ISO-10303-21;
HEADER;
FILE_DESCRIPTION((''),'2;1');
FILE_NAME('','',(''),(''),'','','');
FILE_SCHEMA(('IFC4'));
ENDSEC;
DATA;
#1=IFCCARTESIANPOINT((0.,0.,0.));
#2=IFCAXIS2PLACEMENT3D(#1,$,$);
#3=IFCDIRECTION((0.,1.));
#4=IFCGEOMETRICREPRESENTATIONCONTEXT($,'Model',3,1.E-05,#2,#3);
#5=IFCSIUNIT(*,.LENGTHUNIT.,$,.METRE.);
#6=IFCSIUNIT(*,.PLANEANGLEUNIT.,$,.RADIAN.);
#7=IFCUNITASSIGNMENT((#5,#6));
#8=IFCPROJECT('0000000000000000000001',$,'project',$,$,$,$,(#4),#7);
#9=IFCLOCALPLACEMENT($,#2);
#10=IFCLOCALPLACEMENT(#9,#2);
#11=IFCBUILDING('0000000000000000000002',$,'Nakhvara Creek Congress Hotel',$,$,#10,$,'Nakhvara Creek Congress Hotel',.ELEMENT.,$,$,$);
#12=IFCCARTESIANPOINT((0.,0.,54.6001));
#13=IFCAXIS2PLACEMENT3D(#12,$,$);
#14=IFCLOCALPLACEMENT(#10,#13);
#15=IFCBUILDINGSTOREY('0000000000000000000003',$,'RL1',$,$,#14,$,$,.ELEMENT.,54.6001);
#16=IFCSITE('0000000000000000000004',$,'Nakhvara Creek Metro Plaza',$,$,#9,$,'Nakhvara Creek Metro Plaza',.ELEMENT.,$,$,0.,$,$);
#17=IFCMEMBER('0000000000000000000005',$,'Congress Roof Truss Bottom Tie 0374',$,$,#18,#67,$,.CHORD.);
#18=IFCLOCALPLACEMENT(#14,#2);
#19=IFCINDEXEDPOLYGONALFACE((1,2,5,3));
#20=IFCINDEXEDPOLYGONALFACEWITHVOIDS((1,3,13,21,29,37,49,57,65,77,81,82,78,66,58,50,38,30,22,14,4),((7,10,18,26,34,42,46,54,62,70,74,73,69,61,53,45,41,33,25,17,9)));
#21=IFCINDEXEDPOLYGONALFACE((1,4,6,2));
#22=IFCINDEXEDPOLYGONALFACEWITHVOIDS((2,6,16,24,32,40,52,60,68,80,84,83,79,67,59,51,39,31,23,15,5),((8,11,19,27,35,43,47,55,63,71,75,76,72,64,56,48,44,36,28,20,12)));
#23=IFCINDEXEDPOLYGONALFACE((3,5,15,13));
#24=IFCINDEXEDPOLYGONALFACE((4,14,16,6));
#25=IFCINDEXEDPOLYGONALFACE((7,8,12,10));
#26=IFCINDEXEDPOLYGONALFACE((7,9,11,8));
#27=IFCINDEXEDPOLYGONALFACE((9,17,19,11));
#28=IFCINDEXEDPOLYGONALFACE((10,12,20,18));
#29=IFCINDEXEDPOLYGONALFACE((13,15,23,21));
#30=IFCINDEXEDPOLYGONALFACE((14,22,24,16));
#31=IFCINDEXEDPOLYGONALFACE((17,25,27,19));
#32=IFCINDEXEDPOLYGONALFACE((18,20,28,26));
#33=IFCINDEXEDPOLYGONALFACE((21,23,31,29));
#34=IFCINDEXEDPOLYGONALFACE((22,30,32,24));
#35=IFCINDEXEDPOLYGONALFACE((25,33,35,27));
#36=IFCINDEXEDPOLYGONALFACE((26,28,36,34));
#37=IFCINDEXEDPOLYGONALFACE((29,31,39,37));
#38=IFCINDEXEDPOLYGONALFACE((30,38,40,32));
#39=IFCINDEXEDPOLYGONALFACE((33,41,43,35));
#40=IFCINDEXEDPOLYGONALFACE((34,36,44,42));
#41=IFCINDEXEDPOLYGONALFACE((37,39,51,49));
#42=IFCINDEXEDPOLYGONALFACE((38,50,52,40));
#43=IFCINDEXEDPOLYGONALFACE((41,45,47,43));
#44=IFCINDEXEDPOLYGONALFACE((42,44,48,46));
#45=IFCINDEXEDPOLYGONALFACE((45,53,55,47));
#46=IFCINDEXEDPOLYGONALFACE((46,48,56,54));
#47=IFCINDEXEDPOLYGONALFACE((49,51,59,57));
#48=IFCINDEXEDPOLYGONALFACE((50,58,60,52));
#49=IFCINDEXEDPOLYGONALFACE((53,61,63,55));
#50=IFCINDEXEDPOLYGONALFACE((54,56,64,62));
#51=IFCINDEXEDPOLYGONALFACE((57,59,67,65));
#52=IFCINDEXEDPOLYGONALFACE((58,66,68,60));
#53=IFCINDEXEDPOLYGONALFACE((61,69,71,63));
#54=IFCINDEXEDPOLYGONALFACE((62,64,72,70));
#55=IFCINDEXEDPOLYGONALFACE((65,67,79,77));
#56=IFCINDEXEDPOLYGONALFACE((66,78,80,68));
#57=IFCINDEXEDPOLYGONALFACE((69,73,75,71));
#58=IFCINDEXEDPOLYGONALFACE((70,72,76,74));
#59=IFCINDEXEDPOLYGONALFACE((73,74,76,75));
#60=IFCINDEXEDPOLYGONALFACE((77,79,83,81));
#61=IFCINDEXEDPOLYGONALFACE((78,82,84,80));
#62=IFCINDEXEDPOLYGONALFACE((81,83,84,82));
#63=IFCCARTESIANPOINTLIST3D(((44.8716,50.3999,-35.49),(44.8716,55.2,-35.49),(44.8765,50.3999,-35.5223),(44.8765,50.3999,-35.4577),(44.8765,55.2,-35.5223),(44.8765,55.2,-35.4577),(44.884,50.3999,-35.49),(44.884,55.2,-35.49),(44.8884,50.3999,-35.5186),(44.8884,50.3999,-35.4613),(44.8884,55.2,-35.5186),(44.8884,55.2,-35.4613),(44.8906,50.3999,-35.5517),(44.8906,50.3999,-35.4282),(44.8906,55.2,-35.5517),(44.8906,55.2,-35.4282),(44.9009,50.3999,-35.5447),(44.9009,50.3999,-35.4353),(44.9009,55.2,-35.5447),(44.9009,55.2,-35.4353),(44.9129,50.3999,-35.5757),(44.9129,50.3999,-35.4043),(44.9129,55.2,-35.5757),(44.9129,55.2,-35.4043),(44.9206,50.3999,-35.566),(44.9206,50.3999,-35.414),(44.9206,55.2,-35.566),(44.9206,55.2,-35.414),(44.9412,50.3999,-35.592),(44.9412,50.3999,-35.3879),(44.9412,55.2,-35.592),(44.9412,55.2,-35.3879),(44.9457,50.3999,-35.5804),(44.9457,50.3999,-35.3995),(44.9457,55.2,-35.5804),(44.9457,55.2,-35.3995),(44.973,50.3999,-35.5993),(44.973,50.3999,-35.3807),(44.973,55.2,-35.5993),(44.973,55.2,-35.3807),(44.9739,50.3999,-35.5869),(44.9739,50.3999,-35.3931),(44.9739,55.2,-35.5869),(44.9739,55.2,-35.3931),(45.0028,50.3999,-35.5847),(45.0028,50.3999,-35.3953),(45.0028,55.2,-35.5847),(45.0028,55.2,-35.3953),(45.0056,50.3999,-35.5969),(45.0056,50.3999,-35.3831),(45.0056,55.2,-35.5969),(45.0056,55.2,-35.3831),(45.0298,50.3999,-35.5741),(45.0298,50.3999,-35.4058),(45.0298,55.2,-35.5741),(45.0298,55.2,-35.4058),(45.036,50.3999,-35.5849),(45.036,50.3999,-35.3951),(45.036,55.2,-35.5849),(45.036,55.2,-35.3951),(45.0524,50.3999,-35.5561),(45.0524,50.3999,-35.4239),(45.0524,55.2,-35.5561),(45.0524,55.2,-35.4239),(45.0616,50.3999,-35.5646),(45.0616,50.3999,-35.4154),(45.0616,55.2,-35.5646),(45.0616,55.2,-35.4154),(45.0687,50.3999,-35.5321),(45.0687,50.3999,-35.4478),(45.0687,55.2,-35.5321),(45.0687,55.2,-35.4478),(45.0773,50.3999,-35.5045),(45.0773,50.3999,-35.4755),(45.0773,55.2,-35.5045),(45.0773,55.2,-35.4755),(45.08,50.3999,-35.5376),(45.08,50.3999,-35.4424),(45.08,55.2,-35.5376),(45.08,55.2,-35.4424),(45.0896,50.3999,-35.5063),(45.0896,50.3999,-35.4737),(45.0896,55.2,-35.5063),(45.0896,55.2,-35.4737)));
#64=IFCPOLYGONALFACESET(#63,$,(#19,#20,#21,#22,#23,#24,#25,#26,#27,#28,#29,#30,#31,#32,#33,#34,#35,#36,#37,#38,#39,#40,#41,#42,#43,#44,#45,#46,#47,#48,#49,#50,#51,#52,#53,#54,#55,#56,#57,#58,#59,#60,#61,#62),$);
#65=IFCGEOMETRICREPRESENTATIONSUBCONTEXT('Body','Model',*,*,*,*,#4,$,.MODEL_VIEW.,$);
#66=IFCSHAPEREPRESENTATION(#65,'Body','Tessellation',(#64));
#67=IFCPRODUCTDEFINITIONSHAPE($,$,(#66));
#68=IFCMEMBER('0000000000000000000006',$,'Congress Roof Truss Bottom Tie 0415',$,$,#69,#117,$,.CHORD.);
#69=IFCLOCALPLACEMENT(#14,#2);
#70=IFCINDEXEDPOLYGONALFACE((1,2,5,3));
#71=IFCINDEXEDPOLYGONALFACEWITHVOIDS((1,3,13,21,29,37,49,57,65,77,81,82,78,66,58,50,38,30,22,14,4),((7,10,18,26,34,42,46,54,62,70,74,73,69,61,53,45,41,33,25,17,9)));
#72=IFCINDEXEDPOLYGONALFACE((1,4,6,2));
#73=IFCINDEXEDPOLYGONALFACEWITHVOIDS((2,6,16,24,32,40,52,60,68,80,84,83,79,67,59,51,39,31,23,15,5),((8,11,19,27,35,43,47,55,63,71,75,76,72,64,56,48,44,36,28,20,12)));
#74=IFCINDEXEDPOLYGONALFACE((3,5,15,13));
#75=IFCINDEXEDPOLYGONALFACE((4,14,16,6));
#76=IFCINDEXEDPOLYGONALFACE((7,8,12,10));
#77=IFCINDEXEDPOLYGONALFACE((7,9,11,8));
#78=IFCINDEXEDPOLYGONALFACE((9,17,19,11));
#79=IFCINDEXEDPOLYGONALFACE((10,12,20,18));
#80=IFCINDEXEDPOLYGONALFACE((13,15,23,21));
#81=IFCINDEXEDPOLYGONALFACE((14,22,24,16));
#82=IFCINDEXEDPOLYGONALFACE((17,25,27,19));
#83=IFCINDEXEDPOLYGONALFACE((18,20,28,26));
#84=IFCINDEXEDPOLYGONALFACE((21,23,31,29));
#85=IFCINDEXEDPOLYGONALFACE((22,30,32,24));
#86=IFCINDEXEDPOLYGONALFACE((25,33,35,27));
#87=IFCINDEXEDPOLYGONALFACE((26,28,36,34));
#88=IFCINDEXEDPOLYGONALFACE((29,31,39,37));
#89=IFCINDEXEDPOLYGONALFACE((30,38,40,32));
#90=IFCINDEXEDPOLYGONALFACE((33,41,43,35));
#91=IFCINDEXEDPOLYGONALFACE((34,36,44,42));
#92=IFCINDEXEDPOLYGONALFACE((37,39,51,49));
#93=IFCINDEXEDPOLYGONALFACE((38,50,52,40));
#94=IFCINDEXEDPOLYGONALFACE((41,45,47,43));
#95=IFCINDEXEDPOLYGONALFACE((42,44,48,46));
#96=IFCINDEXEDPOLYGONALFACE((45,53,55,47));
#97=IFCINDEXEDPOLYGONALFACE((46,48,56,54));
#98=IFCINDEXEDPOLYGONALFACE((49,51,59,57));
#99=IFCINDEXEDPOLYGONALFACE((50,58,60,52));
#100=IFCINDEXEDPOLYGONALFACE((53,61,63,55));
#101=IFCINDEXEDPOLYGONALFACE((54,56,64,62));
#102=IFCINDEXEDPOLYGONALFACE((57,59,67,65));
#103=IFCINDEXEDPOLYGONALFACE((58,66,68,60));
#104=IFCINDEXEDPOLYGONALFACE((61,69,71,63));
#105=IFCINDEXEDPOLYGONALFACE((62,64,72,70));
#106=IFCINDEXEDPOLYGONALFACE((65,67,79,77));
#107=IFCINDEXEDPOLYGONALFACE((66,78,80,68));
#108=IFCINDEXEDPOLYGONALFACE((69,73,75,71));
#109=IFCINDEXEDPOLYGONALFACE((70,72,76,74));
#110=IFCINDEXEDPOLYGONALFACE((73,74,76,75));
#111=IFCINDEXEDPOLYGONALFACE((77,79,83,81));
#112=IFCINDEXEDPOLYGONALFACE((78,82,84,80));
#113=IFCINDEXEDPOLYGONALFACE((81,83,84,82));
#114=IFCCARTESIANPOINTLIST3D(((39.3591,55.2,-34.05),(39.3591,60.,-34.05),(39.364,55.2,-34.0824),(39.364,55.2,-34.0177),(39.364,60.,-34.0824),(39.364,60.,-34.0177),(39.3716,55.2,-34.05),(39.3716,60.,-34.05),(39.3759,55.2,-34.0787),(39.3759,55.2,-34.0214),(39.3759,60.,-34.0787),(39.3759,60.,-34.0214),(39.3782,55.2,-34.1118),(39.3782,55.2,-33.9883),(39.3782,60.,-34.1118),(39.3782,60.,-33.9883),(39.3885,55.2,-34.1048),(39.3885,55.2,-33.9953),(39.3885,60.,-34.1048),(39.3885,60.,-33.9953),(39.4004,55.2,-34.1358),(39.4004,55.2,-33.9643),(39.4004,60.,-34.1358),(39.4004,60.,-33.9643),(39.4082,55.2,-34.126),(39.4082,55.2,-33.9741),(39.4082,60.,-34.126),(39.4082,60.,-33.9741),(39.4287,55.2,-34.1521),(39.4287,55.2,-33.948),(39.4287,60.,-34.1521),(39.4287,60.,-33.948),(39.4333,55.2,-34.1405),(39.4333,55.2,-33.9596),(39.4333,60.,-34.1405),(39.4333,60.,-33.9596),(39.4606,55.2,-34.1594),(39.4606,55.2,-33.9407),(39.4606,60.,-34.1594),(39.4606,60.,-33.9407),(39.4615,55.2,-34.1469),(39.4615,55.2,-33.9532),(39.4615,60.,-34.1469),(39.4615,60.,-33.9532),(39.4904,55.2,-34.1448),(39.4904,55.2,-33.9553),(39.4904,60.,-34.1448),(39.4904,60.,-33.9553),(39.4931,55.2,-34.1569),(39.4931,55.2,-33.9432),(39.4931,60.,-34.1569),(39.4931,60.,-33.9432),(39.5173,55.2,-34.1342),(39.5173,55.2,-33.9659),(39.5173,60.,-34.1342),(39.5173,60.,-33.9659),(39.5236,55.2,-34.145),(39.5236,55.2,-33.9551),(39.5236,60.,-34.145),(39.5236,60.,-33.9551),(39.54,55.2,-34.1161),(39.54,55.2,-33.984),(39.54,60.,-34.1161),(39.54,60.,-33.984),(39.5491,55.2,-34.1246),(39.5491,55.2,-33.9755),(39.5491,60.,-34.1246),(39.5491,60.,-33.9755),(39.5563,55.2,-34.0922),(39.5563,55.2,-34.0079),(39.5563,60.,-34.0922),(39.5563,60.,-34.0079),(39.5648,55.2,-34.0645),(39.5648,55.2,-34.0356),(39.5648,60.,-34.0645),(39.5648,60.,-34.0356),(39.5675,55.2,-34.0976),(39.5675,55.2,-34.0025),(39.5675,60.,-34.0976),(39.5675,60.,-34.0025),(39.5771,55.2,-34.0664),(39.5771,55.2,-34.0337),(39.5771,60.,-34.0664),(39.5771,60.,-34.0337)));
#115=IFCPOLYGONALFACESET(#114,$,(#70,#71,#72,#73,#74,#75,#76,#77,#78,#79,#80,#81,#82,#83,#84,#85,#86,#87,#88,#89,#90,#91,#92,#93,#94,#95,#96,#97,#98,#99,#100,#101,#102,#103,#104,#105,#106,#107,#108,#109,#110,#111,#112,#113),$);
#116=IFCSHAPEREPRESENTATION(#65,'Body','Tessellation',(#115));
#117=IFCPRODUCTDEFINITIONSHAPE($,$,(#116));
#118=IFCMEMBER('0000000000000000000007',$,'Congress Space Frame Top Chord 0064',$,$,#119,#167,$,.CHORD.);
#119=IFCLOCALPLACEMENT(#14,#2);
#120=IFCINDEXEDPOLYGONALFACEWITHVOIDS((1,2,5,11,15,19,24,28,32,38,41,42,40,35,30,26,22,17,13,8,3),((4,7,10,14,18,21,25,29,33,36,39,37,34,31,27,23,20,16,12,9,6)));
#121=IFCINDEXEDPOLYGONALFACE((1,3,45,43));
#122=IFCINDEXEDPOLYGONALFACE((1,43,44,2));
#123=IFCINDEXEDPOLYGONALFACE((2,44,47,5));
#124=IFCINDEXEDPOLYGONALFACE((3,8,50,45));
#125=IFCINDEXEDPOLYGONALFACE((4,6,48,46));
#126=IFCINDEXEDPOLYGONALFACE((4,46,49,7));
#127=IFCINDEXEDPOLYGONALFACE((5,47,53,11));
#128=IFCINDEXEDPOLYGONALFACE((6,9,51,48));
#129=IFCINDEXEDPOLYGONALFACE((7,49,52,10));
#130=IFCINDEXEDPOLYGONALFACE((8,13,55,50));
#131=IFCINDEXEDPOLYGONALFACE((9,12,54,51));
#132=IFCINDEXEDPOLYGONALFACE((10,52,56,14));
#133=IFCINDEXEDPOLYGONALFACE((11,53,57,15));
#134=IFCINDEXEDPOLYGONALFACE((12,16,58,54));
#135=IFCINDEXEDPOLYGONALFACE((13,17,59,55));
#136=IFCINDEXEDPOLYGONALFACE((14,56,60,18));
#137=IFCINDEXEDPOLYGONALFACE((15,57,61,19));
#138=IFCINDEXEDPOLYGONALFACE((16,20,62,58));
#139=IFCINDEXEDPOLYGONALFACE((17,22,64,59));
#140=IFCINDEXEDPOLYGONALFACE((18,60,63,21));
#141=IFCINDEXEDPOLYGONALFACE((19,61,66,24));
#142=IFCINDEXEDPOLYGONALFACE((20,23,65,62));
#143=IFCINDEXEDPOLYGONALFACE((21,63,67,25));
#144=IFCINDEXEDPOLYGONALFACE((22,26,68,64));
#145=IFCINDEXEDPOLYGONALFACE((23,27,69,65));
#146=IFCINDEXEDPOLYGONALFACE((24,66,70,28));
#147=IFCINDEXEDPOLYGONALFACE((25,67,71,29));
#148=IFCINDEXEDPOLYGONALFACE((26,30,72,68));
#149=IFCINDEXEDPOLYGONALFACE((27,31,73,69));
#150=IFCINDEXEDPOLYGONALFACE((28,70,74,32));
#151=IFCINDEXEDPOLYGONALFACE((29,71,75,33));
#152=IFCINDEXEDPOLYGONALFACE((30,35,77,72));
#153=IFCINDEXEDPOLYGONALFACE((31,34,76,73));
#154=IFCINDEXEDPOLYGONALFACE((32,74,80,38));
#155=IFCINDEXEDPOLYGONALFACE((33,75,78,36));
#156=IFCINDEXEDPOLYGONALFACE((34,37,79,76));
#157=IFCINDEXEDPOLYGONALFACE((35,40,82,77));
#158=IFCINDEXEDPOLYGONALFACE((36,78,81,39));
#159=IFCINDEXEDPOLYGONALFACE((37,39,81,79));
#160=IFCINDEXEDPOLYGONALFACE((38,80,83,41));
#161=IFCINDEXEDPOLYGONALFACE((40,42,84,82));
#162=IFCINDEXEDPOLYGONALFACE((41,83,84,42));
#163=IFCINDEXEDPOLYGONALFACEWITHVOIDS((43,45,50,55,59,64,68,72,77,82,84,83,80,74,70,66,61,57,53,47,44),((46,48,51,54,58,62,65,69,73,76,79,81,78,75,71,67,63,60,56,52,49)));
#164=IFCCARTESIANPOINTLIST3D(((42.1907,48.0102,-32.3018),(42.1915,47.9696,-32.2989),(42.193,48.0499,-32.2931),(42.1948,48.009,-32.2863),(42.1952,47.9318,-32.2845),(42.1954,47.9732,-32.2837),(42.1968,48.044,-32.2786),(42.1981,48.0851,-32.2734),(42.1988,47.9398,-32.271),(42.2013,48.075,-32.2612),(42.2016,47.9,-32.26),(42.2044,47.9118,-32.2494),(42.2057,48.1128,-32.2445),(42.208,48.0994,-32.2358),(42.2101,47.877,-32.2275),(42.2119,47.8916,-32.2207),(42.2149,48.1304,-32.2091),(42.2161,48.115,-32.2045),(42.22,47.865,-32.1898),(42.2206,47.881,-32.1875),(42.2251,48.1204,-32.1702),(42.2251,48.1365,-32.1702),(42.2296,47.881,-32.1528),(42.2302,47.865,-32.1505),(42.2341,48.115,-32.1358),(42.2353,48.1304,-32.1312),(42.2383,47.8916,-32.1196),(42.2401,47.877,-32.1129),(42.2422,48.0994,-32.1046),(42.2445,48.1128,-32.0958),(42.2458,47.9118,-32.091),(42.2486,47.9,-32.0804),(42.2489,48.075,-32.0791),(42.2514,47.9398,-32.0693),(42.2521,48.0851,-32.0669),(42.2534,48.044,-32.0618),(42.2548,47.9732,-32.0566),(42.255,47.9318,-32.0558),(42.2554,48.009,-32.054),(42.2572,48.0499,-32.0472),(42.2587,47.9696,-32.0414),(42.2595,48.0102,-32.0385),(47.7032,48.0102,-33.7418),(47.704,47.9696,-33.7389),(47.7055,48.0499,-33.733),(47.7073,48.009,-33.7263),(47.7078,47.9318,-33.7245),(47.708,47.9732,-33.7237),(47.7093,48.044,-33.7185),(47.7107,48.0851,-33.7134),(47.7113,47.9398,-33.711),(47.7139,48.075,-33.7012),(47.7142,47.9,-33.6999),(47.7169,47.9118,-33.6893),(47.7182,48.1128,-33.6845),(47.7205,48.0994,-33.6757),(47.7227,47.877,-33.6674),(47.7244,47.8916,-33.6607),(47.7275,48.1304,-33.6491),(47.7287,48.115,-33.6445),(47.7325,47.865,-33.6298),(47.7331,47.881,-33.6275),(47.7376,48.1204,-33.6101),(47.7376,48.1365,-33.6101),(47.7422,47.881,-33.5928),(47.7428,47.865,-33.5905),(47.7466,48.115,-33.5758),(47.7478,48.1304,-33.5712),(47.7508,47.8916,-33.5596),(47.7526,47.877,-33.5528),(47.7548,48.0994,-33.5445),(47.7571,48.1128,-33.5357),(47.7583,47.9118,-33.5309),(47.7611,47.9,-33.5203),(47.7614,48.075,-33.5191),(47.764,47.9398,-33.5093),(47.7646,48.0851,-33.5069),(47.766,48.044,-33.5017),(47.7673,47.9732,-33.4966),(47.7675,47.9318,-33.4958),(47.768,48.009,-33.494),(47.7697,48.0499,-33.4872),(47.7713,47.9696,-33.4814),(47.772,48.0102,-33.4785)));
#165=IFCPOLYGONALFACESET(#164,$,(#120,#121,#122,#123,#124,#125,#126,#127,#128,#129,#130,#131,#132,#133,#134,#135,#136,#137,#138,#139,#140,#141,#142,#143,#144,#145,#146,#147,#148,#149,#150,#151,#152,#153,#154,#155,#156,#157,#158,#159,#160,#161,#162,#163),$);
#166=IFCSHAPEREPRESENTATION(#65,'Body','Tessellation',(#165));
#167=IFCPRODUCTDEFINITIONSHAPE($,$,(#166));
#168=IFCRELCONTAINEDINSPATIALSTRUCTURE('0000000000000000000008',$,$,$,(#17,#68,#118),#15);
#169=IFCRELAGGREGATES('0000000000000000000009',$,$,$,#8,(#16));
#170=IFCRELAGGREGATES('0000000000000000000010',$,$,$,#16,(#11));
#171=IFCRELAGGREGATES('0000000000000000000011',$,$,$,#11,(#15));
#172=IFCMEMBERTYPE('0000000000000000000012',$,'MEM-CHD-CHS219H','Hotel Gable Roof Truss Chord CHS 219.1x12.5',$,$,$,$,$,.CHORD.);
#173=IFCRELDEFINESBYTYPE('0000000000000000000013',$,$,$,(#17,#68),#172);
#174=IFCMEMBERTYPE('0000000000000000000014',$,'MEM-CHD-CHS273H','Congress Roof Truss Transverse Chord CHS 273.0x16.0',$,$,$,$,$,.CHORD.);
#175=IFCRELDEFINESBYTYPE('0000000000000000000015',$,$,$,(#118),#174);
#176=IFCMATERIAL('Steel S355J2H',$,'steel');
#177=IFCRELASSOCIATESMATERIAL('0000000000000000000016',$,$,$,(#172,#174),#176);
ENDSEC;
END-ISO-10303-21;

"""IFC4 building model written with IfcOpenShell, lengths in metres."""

from ifc_helpers import new_model, si_unit, direction, frame, origin, origin_2d, place, context, subcontext, project, spatial, hollow_circle, extrude, material, material_profile, profile_set, type_object, element, save


model = new_model("IFC4")

# Units and contexts
model_context = context("Model", 3, precision=1e-05, world=origin(), true_north=direction((0.0, 1.0)))
body_context = subcontext(model_context, "Body", "Model", "MODEL_VIEW")
ifc_project = project(units=[si_unit("LENGTHUNIT", "METRE"), si_unit("PLANEANGLEUNIT", "RADIAN")], contexts=[model_context])

# Site, building, storey
site_placement = place(None, origin())
site = spatial("IfcSite", under=ifc_project, at=site_placement, Name="Nakhvara Creek Metro Plaza", LongName="Nakhvara Creek Metro Plaza", CompositionType="ELEMENT", RefElevation=0.0)
building_placement = place(site_placement, origin())
building = spatial("IfcBuilding", under=site, at=building_placement, Name="Nakhvara Creek Congress Hotel", LongName="Nakhvara Creek Congress Hotel", CompositionType="ELEMENT")
storey_placement = place(building_placement, frame((0.0, 0.0, 54.6001)))
storey = spatial("IfcBuildingStorey", under=building, at=storey_placement, Name="RL1", CompositionType="ELEMENT", Elevation=54.6001)

# Members
ifc_material_1 = material(Name="Steel S355J2H", Category="steel")
ifc_material_profile_1 = material_profile(ifc_material_1, hollow_circle(Radius=0.1096, WallThickness=0.0125, at=origin_2d()), Name="CHS 219.1x12.5", Category="LoadBearing")
ifc_profile_set_1 = profile_set([ifc_material_profile_1], Name="Steel S355J2H")
member_type_1 = type_object("IfcMemberType", Name="MEM-CHD-CHS219H", Description="Hotel Gable Roof Truss Chord CHS 219.1x12.5", PredefinedType="CHORD", material=ifc_profile_set_1)
for number, where, z_axis, x_axis, name in (
    (1, (44.9812, 50.3999, -35.49), (0.0, 1.0, 0.0), (-1.0, 0.0, 0.0), "Congress Roof Truss Bottom Tie 0374"),
    (2, (39.4688, 55.2, -34.05), (0.0, 1.0, 0.0), (-1.0, 0.0, 0.0), "Congress Roof Truss Bottom Tie 0415"),
):
    element("IfcMember", number, at=place(storey_placement, frame(where, z_axis=z_axis, x_axis=x_axis)), inside=storey, type_object=member_type_1, Name=name, PredefinedType="CHORD", context=body_context, shape_type="SweptSolid", body=[
        extrude(hollow_circle(Radius=0.1096, WallThickness=0.0125, at=origin_2d()), origin(), (0.0, 0.0, 1.0), 4.8),
    ])
ifc_material_profile_2 = material_profile(ifc_material_1, hollow_circle(Radius=0.1365, WallThickness=0.0161, at=origin_2d()), Name="CHS 273.0x16.0", Category="LoadBearing")
ifc_profile_set_2 = profile_set([ifc_material_profile_2], Name="Steel S355J2H")
member_type_2 = type_object("IfcMemberType", Name="MEM-CHD-CHS273H", Description="Congress Roof Truss Transverse Chord CHS 273.0x16.0", PredefinedType="CHORD", material=ifc_profile_set_2)
member_1_placement = place(storey_placement, frame((42.2251, 48.0, -32.1702), z_axis=(0.967535, 0.0, -0.252736), x_axis=(0.0, 1.0, 0.0)))
element("IfcMember", 3, at=member_1_placement, inside=storey, type_object=member_type_2, Name="Congress Space Frame Top Chord 0064", PredefinedType="CHORD", context=body_context, shape_type="SweptSolid", body=[
    extrude(hollow_circle(Radius=0.1365, WallThickness=0.0161, at=origin_2d()), origin(), (0.0, 0.0, 1.0), 5.6975),
])

save(model, "model.ifc")
